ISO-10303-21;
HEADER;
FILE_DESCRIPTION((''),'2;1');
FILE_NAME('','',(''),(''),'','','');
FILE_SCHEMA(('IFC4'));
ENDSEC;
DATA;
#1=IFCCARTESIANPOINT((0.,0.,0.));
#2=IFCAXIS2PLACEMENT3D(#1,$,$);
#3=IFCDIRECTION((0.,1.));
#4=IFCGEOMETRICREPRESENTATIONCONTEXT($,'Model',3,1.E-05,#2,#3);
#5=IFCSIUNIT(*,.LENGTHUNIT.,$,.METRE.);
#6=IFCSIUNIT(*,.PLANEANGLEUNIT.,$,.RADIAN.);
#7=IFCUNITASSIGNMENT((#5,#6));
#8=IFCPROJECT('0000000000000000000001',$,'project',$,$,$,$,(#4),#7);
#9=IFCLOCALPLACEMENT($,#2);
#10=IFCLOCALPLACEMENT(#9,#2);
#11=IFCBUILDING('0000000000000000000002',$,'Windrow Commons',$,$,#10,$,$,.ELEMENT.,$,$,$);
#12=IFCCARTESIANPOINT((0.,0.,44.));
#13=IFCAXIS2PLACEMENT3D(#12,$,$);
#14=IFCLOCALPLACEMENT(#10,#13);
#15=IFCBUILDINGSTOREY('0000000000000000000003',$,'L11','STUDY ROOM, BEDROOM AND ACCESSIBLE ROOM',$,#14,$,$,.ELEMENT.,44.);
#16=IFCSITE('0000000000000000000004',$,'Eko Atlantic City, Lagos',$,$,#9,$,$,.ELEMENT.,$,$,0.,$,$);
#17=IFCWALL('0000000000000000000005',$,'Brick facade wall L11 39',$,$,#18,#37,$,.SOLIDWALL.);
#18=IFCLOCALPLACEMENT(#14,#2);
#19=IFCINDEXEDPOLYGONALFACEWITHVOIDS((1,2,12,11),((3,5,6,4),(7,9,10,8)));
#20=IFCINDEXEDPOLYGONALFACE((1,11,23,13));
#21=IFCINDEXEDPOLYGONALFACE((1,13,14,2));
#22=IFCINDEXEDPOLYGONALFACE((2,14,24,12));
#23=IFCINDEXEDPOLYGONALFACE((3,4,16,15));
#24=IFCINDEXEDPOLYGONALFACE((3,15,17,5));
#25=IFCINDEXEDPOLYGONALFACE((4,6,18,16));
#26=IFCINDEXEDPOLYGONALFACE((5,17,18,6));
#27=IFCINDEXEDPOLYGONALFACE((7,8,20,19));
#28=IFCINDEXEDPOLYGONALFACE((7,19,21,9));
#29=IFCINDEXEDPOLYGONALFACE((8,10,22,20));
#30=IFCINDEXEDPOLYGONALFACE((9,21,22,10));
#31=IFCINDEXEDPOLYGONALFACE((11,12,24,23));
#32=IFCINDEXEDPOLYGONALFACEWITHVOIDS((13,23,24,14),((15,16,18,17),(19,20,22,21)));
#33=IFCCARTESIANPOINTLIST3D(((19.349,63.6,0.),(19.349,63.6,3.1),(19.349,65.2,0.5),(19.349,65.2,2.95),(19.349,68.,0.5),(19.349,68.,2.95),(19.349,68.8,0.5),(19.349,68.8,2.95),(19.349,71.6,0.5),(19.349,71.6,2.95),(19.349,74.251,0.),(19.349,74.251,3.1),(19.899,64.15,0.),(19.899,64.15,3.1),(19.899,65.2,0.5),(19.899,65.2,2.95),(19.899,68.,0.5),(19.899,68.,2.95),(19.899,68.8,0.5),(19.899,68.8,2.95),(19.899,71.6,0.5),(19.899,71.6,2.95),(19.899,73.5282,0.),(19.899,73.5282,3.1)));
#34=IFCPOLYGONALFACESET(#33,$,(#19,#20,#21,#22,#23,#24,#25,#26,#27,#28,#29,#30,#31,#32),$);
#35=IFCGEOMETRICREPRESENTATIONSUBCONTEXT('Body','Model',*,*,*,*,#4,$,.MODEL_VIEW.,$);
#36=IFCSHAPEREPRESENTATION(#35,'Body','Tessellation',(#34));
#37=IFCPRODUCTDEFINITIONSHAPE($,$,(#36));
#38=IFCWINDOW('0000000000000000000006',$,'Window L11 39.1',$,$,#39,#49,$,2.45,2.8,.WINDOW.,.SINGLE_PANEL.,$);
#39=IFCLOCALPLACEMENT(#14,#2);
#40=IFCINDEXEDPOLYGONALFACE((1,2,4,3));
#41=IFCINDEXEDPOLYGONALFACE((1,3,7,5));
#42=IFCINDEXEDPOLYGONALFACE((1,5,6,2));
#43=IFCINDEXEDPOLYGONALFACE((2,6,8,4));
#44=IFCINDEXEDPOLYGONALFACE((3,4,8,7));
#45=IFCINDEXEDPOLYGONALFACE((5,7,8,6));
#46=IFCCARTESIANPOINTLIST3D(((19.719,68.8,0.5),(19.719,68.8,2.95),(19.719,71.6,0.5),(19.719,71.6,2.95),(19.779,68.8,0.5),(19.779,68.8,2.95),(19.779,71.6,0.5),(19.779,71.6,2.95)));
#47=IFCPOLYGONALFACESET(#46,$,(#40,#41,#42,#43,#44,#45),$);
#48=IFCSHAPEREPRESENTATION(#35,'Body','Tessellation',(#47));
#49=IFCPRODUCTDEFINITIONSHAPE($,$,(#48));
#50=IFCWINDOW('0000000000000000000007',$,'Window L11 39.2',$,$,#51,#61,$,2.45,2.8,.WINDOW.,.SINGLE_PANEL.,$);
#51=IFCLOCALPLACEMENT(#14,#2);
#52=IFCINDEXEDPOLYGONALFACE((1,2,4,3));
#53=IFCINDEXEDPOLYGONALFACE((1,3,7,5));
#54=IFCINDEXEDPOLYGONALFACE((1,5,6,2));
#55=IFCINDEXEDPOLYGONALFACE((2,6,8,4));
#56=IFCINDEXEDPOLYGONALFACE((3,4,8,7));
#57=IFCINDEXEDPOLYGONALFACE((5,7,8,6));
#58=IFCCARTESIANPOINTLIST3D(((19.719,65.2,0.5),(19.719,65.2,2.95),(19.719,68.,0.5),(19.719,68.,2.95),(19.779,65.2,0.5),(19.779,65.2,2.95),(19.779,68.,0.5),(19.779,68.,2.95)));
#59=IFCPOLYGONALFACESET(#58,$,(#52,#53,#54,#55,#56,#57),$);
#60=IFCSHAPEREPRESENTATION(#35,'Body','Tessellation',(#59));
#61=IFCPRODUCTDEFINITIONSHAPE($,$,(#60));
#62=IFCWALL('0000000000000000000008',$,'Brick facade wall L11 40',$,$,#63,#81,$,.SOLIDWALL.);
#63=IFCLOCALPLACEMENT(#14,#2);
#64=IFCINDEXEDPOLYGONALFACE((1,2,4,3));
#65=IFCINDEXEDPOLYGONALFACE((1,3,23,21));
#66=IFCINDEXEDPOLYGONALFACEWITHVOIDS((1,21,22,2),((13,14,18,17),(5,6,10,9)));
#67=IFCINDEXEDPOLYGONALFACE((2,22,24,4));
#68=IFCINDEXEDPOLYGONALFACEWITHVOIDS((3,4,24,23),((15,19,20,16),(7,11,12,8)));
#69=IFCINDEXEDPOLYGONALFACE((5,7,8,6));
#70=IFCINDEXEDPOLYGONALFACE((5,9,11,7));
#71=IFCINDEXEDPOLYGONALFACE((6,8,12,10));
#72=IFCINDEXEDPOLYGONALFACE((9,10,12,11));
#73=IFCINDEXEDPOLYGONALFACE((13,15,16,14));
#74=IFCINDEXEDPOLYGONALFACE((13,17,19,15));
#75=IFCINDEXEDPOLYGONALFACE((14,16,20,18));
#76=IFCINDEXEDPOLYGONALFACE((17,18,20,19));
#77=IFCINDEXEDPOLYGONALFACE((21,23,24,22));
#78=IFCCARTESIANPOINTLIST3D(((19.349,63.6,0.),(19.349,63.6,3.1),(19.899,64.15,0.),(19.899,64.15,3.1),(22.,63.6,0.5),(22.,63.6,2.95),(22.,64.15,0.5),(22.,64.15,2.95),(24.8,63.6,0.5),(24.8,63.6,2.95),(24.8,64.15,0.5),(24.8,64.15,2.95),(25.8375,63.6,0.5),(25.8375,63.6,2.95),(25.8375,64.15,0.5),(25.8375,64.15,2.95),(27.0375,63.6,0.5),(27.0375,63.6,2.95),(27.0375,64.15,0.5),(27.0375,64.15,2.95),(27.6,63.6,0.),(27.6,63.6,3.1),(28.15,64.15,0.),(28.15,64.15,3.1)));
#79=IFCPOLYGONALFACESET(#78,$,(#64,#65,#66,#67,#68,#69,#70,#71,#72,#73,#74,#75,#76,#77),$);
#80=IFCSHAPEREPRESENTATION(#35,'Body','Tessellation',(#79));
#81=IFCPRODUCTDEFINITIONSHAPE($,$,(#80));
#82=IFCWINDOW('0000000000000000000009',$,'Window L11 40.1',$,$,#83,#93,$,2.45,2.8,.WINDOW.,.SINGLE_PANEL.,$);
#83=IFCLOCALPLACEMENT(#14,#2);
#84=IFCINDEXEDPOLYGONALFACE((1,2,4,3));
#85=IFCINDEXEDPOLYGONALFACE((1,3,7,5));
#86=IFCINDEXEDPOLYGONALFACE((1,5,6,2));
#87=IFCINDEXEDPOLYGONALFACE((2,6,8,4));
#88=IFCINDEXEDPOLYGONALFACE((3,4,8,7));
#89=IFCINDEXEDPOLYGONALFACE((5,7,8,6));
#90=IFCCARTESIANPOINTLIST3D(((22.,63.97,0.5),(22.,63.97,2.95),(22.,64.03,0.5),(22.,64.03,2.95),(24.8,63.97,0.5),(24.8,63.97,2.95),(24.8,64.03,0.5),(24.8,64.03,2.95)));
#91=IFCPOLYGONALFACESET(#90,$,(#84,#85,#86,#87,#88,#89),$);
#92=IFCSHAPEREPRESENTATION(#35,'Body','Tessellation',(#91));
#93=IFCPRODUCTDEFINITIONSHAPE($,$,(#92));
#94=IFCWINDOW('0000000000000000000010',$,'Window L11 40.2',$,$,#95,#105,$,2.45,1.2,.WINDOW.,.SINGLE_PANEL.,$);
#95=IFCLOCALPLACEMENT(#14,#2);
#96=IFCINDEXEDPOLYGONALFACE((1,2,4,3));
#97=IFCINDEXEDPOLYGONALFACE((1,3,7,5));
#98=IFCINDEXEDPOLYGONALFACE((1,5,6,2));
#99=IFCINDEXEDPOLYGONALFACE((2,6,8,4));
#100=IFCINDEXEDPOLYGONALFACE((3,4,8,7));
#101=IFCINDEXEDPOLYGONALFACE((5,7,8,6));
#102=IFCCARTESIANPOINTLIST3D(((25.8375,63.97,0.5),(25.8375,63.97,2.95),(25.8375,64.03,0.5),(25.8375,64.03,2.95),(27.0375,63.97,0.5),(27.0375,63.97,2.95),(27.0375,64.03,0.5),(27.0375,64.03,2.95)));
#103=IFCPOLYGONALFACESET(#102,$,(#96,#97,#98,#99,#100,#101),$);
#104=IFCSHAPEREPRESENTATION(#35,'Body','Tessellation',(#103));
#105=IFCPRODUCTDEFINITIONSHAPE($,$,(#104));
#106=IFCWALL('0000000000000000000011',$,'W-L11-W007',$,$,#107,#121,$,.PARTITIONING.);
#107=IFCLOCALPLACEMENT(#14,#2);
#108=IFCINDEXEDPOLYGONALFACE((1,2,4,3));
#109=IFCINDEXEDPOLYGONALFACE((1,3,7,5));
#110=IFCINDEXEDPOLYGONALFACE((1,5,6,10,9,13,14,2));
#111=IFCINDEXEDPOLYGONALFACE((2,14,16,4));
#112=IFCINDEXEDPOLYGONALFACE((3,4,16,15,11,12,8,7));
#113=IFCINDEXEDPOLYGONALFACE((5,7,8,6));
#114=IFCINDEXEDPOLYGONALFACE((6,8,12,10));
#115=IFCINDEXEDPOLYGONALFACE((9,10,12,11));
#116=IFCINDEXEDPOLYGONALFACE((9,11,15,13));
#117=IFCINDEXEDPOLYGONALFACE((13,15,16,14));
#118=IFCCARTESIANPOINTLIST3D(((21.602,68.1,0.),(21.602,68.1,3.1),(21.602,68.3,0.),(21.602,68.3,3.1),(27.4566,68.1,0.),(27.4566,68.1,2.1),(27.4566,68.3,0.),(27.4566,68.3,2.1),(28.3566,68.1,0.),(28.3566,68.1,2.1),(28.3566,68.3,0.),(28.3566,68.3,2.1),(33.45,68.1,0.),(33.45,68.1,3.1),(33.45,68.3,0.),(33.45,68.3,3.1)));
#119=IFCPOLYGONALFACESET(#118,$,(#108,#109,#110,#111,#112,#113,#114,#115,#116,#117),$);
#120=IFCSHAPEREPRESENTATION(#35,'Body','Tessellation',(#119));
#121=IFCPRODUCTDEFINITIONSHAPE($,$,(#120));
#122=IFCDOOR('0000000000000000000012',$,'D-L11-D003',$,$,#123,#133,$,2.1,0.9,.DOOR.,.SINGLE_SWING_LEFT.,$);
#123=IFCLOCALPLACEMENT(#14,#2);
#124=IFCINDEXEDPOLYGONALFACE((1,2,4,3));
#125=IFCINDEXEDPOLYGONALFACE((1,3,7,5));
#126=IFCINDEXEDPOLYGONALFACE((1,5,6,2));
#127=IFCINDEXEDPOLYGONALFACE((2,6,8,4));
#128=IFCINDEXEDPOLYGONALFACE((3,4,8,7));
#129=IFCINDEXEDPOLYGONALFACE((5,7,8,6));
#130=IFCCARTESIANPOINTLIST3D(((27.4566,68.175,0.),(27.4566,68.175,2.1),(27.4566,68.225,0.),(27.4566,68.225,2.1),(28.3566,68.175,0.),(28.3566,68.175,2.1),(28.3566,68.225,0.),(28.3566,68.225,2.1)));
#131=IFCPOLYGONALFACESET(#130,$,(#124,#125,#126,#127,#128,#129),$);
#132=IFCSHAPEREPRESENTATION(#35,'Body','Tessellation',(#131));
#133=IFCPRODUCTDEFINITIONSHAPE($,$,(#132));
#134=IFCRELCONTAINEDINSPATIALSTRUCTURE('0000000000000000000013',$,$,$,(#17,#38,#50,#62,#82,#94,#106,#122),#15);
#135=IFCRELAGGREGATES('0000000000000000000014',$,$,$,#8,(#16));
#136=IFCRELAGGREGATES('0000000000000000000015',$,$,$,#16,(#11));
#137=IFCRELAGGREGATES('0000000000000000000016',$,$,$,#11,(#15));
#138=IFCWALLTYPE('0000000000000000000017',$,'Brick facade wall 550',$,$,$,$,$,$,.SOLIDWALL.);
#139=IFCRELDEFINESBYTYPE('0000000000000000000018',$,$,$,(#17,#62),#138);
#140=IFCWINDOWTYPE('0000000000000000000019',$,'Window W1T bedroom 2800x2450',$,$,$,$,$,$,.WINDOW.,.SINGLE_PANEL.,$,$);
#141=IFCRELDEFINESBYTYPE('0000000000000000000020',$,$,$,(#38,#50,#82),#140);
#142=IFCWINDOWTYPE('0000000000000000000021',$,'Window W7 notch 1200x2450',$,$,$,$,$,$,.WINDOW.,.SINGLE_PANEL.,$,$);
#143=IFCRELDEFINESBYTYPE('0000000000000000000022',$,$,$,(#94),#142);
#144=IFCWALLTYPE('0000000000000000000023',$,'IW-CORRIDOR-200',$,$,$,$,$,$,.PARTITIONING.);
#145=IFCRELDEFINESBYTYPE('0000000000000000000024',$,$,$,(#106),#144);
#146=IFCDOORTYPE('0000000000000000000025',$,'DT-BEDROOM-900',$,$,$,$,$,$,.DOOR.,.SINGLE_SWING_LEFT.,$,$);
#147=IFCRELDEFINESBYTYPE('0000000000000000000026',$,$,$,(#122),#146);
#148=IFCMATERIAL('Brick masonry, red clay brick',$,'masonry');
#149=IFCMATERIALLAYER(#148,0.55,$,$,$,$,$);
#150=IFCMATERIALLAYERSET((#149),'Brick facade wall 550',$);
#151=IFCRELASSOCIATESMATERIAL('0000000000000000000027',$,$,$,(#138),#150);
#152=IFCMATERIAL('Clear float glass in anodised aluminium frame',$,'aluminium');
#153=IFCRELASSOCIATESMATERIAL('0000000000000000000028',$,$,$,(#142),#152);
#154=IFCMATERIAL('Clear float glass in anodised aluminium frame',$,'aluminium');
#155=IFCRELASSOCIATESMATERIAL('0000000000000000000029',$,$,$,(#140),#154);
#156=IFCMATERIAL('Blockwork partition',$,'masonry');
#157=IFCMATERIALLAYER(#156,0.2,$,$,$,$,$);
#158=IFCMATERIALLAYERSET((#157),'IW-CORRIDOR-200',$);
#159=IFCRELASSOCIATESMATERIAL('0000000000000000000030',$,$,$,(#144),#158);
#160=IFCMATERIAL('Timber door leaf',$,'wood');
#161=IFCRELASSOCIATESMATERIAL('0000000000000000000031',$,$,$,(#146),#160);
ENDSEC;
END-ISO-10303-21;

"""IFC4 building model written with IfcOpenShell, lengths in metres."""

from ifc_helpers import new_model, si_unit, direction, frame, frame_2d, origin, place, context, subcontext, project, spatial, polyline, rectangle, outline, extrude, material, layer, layer_set, type_object, element, fill, save


model = new_model("IFC4")

# Units and contexts
model_context = context("Model", 3, precision=1e-05, world=origin(), true_north=direction((0.0, 1.0)))
body_context = subcontext(model_context, "Body", "Model", "MODEL_VIEW")
ifc_project = project(units=[si_unit("LENGTHUNIT", "METRE"), si_unit("PLANEANGLEUNIT", "RADIAN")], contexts=[model_context])

# Site, building, storey
site_placement = place(None, origin())
site = spatial("IfcSite", under=ifc_project, at=site_placement, Name="Eko Atlantic City, Lagos", CompositionType="ELEMENT", RefElevation=0.0)
building_placement = place(site_placement, origin())
building = spatial("IfcBuilding", under=site, at=building_placement, Name="Windrow Commons", CompositionType="ELEMENT")
storey_placement = place(building_placement, frame((0.0, 0.0, 44.0)))
storey = spatial("IfcBuildingStorey", under=building, at=storey_placement, Name="L11", Description="STUDY ROOM, BEDROOM AND ACCESSIBLE ROOM", CompositionType="ELEMENT", Elevation=44.0)

# Shared definitions
ifc_material_1 = material(Name="Brick masonry, red clay brick", Category="masonry")
ifc_layer_1 = layer(ifc_material_1, 0.55)
ifc_layer_set_1 = layer_set([ifc_layer_1], Name="Brick facade wall 550")
wall_type_1 = type_object("IfcWallType", Name="Brick facade wall 550", PredefinedType="SOLIDWALL", material=ifc_layer_set_1)
ifc_material_2 = material(Name="Clear float glass in anodised aluminium frame", Category="aluminium")
window_type_1 = type_object("IfcWindowType", Name="Window W7 notch 1200x2450", PartitioningType="SINGLE_PANEL", PredefinedType="WINDOW", material=ifc_material_2)

# Walls, openings, windows
wall_1_placement = place(storey_placement, frame((19.624, 73.8896, 0.0), z_axis=(0.0, 0.0, 1.0), x_axis=(0.0, -1.0, 0.0)))
wall_1 = element("IfcWall", 1, at=wall_1_placement, inside=storey, type_object=wall_type_1, Name="Brick facade wall L11 39", PredefinedType="SOLIDWALL", context=body_context, shape_type="SweptSolid", body=[
    extrude(outline(polyline([(-0.3614, -0.275), (10.2896, -0.275), (9.7396, 0.275), (0.3614, 0.275), (-0.3614, -0.275)])), origin(), (0.0, 0.0, 1.0), 3.1),
])
opening_1_placement = place(wall_1_placement, frame((2.2896, 0.0, 0.5)))
opening_1 = element("IfcOpeningElement", 2, at=opening_1_placement, cuts=wall_1, PredefinedType="OPENING", context=body_context, shape_type="SweptSolid", body=[
    extrude(rectangle(XDim=2.8, YDim=2.45, at=frame_2d((1.4, 1.225))), frame((0.0, 0.285, 0.0), z_axis=(0.0, -1.0, 0.0), x_axis=(1.0, 0.0, 0.0)), (0.0, 0.0, 1.0), 0.57),
])
opening_2_placement = place(wall_1_placement, frame((5.8896, 0.0, 0.5)))
opening_2 = element("IfcOpeningElement", 3, at=opening_2_placement, cuts=wall_1, PredefinedType="OPENING", context=body_context, shape_type="SweptSolid", body=[
    extrude(rectangle(XDim=2.8, YDim=2.45, at=frame_2d((1.4, 1.225))), frame((0.0, 0.285, 0.0), z_axis=(0.0, -1.0, 0.0), x_axis=(1.0, 0.0, 0.0)), (0.0, 0.0, 1.0), 0.57),
])
ifc_material_3 = material(Name="Clear float glass in anodised aluminium frame", Category="aluminium")
window_type_2 = type_object("IfcWindowType", Name="Window W1T bedroom 2800x2450", PartitioningType="SINGLE_PANEL", PredefinedType="WINDOW", material=ifc_material_3)
window_1_placement = place(opening_1_placement, origin())
window_1 = element("IfcWindow", 4, at=window_1_placement, inside=storey, type_object=window_type_2, Name="Window L11 39.1", OverallHeight=2.45, OverallWidth=2.8, PartitioningType="SINGLE_PANEL", PredefinedType="WINDOW", context=body_context, shape_type="SweptSolid", body=[
    extrude(rectangle(XDim=2.8, YDim=2.45, at=frame_2d((1.4, 1.225))), frame((0.0, 0.155, 0.0), z_axis=(0.0, -1.0, 0.0), x_axis=(1.0, 0.0, 0.0)), (0.0, 0.0, 1.0), 0.06),
])
fill(opening_1, window_1)
window_2_placement = place(opening_2_placement, origin())
window_2 = element("IfcWindow", 5, at=window_2_placement, inside=storey, type_object=window_type_2, Name="Window L11 39.2", OverallHeight=2.45, OverallWidth=2.8, PartitioningType="SINGLE_PANEL", PredefinedType="WINDOW", context=body_context, shape_type="SweptSolid", body=[
    extrude(rectangle(XDim=2.8, YDim=2.45, at=frame_2d((1.4, 1.225))), frame((0.0, 0.155, 0.0), z_axis=(0.0, -1.0, 0.0), x_axis=(1.0, 0.0, 0.0)), (0.0, 0.0, 1.0), 0.06),
])
fill(opening_2, window_2)
wall_2_placement = place(storey_placement, frame((19.624, 63.875, 0.0), z_axis=(0.0, 0.0, 1.0), x_axis=(1.0, 0.0, 0.0)))
wall_2 = element("IfcWall", 6, at=wall_2_placement, inside=storey, type_object=wall_type_1, Name="Brick facade wall L11 40", PredefinedType="SOLIDWALL", context=body_context, shape_type="SweptSolid", body=[
    extrude(outline(polyline([(-0.275, -0.275), (7.976, -0.275), (8.526, 0.275), (0.275, 0.275), (-0.275, -0.275)])), origin(), (0.0, 0.0, 1.0), 3.1),
])
opening_3_placement = place(wall_2_placement, frame((2.376, 0.0, 0.5)))
opening_3 = element("IfcOpeningElement", 7, at=opening_3_placement, cuts=wall_2, PredefinedType="OPENING", context=body_context, shape_type="SweptSolid", body=[
    extrude(rectangle(XDim=2.8, YDim=2.45, at=frame_2d((1.4, 1.225))), frame((0.0, 0.285, 0.0), z_axis=(0.0, -1.0, 0.0), x_axis=(1.0, 0.0, 0.0)), (0.0, 0.0, 1.0), 0.57),
])
opening_4_placement = place(wall_2_placement, frame((6.2135, 0.0, 0.5)))
opening_4 = element("IfcOpeningElement", 8, at=opening_4_placement, cuts=wall_2, PredefinedType="OPENING", context=body_context, shape_type="SweptSolid", body=[
    extrude(rectangle(XDim=1.2, YDim=2.45, at=frame_2d((0.6, 1.225))), frame((0.0, 0.285, 0.0), z_axis=(0.0, -1.0, 0.0), x_axis=(1.0, 0.0, 0.0)), (0.0, 0.0, 1.0), 0.57),
])
window_3_placement = place(opening_3_placement, origin())
window_3 = element("IfcWindow", 9, at=window_3_placement, inside=storey, type_object=window_type_2, Name="Window L11 40.1", OverallHeight=2.45, OverallWidth=2.8, PartitioningType="SINGLE_PANEL", PredefinedType="WINDOW", context=body_context, shape_type="SweptSolid", body=[
    extrude(rectangle(XDim=2.8, YDim=2.45, at=frame_2d((1.4, 1.225))), frame((0.0, 0.155, 0.0), z_axis=(0.0, -1.0, 0.0), x_axis=(1.0, 0.0, 0.0)), (0.0, 0.0, 1.0), 0.06),
])
fill(opening_3, window_3)
window_4_placement = place(opening_4_placement, origin())
window_4 = element("IfcWindow", 10, at=window_4_placement, inside=storey, type_object=window_type_1, Name="Window L11 40.2", OverallHeight=2.45, OverallWidth=1.2, PartitioningType="SINGLE_PANEL", PredefinedType="WINDOW", context=body_context, shape_type="SweptSolid", body=[
    extrude(rectangle(XDim=1.2, YDim=2.45, at=frame_2d((0.6, 1.225))), frame((0.0, 0.155, 0.0), z_axis=(0.0, -1.0, 0.0), x_axis=(1.0, 0.0, 0.0)), (0.0, 0.0, 1.0), 0.06),
])
fill(opening_4, window_4)

# Wall, opening, door
ifc_material_4 = material(Name="Blockwork partition", Category="masonry")
ifc_layer_2 = layer(ifc_material_4, 0.2)
ifc_layer_set_2 = layer_set([ifc_layer_2], Name="IW-CORRIDOR-200")
wall_type_2 = type_object("IfcWallType", Name="IW-CORRIDOR-200", PredefinedType="PARTITIONING", material=ifc_layer_set_2)
wall_3_placement = place(storey_placement, frame((21.602, 68.2, 0.0), z_axis=(0.0, 0.0, 1.0), x_axis=(1.0, 0.0, 0.0)))
wall_3 = element("IfcWall", 11, at=wall_3_placement, inside=storey, type_object=wall_type_2, Name="W-L11-W007", PredefinedType="PARTITIONING", context=body_context, shape_type="SweptSolid", body=[
    extrude(rectangle(XDim=11.848, YDim=0.2, at=frame_2d((5.924, 0.0))), origin(), (0.0, 0.0, 1.0), 3.1),
])
opening_5_placement = place(wall_3_placement, frame((5.8546, 0.0, 0.0)))
opening_5 = element("IfcOpeningElement", 12, at=opening_5_placement, cuts=wall_3, PredefinedType="OPENING", context=body_context, shape_type="SweptSolid", body=[
    extrude(rectangle(XDim=0.9, YDim=2.1, at=frame_2d((0.45, 1.05))), frame((0.0, 0.11, 0.0), z_axis=(0.0, -1.0, 0.0), x_axis=(1.0, 0.0, 0.0)), (0.0, 0.0, 1.0), 0.22),
])
ifc_material_5 = material(Name="Timber door leaf", Category="wood")
door_type_1 = type_object("IfcDoorType", Name="DT-BEDROOM-900", OperationType="SINGLE_SWING_LEFT", PredefinedType="DOOR", material=ifc_material_5)
door_1_placement = place(opening_5_placement, origin())
door_1 = element("IfcDoor", 13, at=door_1_placement, inside=storey, type_object=door_type_1, Name="D-L11-D003", OperationType="SINGLE_SWING_LEFT", OverallHeight=2.1, OverallWidth=0.9, PredefinedType="DOOR", context=body_context, shape_type="SweptSolid", body=[
    extrude(rectangle(XDim=0.9, YDim=2.1, at=frame_2d((0.45, 1.05))), frame((0.0, 0.025, 0.0), z_axis=(0.0, -1.0, 0.0), x_axis=(1.0, 0.0, 0.0)), (0.0, 0.0, 1.0), 0.05),
])
fill(opening_5, door_1)

save(model, "model.ifc")
